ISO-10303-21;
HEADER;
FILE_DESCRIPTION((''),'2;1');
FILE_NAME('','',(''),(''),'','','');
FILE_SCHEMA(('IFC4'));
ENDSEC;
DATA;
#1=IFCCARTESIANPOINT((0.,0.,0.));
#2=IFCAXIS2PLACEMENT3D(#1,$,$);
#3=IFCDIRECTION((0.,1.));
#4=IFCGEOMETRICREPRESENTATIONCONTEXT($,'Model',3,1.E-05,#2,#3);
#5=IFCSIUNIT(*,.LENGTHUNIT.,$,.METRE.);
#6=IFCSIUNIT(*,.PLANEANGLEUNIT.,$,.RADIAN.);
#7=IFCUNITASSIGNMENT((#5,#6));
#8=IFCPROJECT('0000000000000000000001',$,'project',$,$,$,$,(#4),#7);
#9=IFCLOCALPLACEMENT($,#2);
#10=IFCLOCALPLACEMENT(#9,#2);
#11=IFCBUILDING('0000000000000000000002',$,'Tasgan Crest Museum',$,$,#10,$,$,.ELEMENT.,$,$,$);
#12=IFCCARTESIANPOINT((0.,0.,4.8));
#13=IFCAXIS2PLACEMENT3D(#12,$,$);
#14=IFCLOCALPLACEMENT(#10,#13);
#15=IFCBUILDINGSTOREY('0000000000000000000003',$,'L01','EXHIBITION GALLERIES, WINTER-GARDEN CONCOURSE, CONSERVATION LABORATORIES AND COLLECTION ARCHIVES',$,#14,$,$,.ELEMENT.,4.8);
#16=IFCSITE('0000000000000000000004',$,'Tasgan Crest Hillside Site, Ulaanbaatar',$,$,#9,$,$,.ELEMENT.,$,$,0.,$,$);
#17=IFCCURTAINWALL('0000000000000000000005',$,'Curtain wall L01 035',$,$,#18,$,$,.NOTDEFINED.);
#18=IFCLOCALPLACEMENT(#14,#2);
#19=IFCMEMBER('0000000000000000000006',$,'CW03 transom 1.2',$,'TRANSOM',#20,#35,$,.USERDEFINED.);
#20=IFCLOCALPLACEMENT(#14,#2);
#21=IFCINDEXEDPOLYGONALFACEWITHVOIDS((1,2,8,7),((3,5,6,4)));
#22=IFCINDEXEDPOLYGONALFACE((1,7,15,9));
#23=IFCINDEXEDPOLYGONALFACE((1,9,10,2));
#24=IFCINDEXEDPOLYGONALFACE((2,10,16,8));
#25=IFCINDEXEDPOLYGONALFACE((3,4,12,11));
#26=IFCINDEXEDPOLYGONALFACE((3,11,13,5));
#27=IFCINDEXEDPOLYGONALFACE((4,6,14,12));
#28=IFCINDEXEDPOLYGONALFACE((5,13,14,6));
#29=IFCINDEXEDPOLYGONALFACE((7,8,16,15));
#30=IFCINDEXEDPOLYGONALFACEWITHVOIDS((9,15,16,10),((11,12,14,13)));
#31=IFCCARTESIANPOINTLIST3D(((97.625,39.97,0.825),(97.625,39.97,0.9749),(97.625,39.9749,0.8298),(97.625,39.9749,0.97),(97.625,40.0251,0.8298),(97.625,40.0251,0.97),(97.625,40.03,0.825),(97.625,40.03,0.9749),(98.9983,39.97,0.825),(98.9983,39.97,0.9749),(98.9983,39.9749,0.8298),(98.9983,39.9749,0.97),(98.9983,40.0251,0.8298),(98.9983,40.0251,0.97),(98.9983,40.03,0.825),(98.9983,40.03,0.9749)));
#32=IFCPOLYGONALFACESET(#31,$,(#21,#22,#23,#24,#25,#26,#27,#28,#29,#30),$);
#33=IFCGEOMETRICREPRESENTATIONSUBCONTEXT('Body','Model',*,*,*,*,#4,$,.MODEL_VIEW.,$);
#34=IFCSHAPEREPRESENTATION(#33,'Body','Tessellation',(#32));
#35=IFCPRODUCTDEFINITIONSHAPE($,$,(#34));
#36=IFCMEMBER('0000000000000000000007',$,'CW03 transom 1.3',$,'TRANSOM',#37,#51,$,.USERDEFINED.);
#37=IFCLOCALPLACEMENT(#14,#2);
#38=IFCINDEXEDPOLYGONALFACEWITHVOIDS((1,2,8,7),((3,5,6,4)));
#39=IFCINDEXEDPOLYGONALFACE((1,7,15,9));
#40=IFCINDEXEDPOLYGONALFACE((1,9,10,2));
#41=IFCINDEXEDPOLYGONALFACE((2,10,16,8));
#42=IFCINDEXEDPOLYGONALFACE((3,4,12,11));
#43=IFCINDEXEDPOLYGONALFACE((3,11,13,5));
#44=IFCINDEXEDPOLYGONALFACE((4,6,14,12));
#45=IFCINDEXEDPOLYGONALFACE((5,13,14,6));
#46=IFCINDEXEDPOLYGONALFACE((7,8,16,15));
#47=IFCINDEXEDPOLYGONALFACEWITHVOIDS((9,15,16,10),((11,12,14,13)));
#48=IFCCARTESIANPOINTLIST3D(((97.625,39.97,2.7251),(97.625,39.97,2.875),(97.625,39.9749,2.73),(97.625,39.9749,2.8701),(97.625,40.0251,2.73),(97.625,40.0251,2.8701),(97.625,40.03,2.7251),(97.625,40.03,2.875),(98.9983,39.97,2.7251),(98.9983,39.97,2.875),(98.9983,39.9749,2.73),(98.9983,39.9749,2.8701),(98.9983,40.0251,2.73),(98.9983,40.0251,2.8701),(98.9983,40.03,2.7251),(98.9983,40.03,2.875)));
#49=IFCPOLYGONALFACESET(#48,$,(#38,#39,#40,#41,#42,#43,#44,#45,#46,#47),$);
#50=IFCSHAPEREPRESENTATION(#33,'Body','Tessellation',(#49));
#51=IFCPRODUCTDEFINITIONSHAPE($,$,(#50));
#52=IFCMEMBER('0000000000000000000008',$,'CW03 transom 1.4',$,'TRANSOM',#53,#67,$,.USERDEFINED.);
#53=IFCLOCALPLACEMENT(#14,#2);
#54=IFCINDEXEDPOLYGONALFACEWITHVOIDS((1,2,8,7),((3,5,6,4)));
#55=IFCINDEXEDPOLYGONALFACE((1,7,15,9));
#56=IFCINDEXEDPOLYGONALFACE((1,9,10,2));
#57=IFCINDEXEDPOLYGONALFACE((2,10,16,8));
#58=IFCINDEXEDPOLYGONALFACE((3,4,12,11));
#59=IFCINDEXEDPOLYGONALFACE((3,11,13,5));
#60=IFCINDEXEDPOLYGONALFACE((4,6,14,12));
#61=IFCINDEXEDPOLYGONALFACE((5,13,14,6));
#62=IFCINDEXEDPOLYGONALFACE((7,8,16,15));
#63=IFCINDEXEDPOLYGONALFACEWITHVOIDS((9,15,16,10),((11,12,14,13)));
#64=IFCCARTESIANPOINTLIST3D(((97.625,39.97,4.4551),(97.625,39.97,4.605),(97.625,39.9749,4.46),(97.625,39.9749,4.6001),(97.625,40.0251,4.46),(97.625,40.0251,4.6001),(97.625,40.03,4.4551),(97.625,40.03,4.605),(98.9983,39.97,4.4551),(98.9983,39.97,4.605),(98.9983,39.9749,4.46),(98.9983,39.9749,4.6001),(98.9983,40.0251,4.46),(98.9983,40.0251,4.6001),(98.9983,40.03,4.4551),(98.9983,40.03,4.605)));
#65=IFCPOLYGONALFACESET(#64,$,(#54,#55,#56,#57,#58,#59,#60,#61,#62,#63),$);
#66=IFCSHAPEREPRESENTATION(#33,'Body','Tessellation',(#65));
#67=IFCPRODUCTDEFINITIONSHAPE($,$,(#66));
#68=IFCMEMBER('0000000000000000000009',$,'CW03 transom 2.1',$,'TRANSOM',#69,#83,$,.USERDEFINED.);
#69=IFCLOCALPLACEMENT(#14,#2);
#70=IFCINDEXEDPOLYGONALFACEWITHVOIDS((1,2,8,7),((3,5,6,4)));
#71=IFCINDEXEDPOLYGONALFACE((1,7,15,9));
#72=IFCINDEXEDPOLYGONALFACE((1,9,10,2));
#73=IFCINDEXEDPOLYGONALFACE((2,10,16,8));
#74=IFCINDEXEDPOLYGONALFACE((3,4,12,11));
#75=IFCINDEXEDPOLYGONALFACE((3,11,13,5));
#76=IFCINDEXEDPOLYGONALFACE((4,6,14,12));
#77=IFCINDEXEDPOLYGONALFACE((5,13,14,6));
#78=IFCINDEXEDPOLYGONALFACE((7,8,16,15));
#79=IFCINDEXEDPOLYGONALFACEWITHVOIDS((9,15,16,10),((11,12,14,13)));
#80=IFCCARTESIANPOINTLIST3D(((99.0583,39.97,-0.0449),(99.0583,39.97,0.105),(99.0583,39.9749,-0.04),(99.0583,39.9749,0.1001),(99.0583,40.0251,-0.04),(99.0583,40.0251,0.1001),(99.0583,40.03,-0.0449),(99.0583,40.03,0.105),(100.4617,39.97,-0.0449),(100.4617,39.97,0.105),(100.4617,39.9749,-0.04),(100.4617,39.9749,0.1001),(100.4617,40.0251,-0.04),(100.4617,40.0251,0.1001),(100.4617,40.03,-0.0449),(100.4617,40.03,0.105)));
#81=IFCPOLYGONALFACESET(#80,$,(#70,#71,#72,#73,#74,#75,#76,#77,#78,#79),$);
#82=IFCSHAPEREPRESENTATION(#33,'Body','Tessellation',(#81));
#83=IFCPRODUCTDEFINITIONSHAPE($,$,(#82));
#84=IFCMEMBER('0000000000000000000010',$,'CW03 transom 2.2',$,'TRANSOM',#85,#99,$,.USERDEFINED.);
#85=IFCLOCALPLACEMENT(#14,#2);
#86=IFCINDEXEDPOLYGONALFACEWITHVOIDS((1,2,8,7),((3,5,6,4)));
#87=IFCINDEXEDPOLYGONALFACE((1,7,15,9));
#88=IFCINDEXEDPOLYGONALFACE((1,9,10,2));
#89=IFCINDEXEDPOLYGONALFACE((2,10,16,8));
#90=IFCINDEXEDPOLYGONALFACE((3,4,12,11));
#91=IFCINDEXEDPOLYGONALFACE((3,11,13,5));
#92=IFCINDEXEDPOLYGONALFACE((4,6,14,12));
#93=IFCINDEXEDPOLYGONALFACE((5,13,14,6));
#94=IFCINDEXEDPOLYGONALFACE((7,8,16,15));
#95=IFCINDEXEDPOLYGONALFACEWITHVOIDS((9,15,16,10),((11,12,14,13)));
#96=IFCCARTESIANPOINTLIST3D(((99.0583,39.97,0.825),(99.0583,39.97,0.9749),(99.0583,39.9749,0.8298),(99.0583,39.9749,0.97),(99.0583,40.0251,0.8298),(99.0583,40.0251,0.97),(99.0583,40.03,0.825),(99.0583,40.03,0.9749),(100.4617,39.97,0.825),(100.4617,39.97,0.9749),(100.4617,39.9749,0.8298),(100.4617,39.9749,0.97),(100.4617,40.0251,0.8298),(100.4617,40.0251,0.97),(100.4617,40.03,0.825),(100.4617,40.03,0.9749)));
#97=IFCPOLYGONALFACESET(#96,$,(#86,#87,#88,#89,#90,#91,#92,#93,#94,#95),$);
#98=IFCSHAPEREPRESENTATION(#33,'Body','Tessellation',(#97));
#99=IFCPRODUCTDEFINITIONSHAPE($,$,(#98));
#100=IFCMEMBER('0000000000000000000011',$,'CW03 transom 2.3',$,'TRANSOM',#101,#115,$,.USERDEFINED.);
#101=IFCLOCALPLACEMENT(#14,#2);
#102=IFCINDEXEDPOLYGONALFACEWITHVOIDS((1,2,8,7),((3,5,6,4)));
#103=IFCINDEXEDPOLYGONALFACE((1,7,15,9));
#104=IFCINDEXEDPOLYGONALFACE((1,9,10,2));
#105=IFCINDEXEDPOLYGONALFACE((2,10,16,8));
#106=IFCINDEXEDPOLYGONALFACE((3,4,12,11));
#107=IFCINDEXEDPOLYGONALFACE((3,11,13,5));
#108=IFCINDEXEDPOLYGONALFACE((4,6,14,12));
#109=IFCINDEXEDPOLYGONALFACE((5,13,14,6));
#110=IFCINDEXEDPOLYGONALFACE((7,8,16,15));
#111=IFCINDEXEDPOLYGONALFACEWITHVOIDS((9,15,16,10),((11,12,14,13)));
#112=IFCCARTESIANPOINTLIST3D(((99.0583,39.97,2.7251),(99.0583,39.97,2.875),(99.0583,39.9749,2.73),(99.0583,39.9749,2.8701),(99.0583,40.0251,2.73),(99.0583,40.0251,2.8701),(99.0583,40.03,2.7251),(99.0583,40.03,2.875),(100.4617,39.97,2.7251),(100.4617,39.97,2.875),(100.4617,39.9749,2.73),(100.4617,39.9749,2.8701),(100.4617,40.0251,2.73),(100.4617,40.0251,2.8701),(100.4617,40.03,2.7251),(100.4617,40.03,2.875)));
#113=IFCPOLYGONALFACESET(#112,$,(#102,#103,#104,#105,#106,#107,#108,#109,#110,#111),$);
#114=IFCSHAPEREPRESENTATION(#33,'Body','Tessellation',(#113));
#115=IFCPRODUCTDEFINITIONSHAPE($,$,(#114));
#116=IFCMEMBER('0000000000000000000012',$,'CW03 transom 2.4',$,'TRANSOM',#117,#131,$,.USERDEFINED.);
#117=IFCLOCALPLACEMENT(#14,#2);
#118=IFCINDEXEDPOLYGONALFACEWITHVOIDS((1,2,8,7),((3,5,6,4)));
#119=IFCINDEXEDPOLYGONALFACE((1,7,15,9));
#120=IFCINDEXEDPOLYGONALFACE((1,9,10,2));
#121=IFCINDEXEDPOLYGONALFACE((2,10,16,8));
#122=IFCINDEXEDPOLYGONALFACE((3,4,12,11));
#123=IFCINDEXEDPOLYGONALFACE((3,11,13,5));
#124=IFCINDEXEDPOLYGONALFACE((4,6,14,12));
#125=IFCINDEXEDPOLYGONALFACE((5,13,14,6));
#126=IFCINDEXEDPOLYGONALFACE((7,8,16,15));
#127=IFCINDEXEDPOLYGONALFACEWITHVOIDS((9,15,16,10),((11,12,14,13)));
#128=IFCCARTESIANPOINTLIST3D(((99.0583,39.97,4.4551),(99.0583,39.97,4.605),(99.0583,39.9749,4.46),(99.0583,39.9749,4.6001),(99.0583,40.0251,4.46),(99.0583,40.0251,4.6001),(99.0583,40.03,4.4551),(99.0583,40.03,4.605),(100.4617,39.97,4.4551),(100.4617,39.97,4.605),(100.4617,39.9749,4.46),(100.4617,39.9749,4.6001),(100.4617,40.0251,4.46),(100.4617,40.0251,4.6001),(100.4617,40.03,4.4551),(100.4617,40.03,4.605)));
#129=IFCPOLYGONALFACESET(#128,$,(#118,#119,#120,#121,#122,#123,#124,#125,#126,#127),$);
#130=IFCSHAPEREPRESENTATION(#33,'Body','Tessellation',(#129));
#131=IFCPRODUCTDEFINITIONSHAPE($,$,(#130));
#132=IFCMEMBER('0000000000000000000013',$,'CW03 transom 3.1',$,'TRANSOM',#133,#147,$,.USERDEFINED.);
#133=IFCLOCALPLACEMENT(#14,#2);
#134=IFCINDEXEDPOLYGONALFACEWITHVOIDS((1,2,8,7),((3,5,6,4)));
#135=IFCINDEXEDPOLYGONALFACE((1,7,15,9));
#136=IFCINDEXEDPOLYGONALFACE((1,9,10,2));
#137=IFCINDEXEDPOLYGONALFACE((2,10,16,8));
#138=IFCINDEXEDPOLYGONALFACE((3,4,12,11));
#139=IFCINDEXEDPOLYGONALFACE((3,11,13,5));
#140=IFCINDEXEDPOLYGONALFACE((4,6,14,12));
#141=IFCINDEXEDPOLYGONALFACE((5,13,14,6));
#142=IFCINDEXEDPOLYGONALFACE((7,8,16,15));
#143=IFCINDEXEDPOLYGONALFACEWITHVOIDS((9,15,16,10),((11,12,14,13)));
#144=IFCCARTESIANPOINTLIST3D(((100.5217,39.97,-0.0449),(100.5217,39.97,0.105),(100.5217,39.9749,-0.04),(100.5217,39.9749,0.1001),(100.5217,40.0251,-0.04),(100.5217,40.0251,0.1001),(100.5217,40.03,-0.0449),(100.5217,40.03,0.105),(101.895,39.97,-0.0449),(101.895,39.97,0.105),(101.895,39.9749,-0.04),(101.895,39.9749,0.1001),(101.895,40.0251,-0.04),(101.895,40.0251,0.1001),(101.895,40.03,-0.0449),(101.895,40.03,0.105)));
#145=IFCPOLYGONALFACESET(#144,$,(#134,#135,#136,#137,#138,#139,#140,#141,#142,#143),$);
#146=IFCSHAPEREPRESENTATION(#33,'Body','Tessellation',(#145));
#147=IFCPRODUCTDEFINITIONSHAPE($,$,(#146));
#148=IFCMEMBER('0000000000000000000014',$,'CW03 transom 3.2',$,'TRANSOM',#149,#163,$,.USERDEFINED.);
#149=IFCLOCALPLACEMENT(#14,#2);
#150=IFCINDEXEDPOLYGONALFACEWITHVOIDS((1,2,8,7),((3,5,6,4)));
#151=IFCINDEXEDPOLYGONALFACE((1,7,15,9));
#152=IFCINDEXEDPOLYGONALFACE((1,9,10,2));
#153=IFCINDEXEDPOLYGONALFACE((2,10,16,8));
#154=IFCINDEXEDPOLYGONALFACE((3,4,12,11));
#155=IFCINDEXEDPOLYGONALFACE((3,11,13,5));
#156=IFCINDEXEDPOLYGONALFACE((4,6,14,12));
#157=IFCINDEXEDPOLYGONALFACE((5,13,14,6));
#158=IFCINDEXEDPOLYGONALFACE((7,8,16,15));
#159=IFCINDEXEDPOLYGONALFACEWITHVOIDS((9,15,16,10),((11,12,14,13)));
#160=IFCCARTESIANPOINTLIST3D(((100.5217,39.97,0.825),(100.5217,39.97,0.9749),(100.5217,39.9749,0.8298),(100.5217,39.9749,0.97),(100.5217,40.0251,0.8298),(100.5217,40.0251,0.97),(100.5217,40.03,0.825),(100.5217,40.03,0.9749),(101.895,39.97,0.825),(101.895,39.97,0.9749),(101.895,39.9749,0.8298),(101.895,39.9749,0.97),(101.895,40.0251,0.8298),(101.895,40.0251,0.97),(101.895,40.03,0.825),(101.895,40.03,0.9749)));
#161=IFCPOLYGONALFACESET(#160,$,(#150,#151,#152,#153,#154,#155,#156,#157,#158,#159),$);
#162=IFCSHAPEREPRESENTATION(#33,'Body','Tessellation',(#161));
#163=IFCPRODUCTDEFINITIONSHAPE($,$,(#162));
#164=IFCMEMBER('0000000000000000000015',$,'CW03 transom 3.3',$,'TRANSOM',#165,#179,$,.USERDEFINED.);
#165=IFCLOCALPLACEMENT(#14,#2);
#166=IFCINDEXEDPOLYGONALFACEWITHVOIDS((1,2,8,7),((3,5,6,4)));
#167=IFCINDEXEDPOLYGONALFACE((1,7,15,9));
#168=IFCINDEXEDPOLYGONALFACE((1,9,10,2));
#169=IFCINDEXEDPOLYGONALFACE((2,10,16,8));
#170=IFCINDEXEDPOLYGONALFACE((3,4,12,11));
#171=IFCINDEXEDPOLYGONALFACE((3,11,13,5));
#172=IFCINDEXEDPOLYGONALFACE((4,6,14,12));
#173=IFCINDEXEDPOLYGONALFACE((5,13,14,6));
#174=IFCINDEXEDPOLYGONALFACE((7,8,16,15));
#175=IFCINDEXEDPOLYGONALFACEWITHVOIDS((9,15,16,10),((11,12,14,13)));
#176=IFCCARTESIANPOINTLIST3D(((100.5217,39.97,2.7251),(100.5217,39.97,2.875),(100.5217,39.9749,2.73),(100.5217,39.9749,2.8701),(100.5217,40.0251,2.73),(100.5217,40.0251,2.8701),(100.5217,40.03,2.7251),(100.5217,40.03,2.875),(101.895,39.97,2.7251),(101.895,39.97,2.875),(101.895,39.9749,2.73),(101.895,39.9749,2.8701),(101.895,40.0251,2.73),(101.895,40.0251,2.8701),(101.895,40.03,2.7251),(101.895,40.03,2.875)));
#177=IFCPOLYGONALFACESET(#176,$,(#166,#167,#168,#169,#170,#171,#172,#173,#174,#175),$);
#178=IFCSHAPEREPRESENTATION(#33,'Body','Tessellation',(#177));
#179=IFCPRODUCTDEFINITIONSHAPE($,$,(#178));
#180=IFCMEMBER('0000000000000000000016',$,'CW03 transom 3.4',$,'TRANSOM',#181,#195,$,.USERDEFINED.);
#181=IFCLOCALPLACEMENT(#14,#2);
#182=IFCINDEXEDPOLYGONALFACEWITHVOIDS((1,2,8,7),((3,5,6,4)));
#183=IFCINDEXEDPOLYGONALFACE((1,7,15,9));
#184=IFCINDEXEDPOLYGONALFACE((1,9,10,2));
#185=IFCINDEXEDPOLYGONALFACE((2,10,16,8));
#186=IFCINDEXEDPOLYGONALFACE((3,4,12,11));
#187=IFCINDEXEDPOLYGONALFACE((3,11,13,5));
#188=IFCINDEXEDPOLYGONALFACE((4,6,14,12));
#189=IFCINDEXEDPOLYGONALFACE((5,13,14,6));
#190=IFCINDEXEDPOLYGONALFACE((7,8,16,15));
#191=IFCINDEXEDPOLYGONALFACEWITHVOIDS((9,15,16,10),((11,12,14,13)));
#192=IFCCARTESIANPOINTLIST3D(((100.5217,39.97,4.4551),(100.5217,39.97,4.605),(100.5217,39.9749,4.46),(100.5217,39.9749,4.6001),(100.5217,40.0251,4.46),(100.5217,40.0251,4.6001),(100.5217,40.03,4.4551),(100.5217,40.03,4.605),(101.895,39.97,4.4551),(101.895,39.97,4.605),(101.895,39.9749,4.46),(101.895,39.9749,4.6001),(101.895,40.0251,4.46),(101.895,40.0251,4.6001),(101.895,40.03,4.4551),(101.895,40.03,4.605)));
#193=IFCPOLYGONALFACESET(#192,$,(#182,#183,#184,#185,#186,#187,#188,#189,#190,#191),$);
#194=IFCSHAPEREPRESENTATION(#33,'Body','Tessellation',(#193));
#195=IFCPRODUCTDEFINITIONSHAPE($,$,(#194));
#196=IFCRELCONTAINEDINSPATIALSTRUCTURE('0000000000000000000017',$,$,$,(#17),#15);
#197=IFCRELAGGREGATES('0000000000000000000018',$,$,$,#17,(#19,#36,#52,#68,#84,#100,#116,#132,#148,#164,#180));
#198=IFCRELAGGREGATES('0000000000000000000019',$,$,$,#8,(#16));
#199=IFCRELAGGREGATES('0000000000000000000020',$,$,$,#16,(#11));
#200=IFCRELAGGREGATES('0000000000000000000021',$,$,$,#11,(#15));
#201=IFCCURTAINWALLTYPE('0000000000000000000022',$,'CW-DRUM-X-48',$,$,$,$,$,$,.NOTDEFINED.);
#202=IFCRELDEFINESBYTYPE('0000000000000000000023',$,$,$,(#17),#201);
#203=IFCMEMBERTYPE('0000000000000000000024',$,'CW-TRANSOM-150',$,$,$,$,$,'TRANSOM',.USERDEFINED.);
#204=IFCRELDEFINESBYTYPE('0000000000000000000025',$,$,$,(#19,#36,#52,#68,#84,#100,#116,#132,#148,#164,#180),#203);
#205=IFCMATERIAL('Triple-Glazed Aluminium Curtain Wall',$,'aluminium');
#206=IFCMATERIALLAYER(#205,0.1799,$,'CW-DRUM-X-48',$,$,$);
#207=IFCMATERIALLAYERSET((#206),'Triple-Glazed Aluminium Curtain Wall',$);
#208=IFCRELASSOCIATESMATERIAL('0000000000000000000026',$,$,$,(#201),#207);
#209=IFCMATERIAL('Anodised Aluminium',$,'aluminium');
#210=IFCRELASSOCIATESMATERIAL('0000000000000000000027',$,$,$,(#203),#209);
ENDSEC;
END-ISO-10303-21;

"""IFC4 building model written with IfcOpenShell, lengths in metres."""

from ifc_helpers import new_model, si_unit, direction, frame, origin, origin_2d, place, context, subcontext, project, spatial, hollow_rectangle, extrude, material, layer, layer_set, material_profile, profile_set, type_object, element, aggregate, save


model = new_model("IFC4")

# Units and contexts
model_context = context("Model", 3, precision=1e-05, world=origin(), true_north=direction((0.0, 1.0)))
body_context = subcontext(model_context, "Body", "Model", "MODEL_VIEW")
ifc_project = project(units=[si_unit("LENGTHUNIT", "METRE"), si_unit("PLANEANGLEUNIT", "RADIAN")], contexts=[model_context])

# Site, building, storey
site_placement = place(None, origin())
site = spatial("IfcSite", under=ifc_project, at=site_placement, Name="Tasgan Crest Hillside Site, Ulaanbaatar", CompositionType="ELEMENT", RefElevation=0.0)
building_placement = place(site_placement, origin())
building = spatial("IfcBuilding", under=site, at=building_placement, Name="Tasgan Crest Museum", CompositionType="ELEMENT")
storey_placement = place(building_placement, frame((0.0, 0.0, 4.8)))
storey = spatial("IfcBuildingStorey", under=building, at=storey_placement, Name="L01", Description="EXHIBITION GALLERIES, WINTER-GARDEN CONCOURSE, CONSERVATION LABORATORIES AND COLLECTION ARCHIVES", CompositionType="ELEMENT", Elevation=4.8)

# Shared definitions
ifc_material_1 = material(Name="Triple-Glazed Aluminium Curtain Wall", Category="aluminium")
ifc_layer_1 = layer(ifc_material_1, 0.1799, Name="CW-DRUM-X-48")
ifc_layer_set_1 = layer_set([ifc_layer_1], Name="Triple-Glazed Aluminium Curtain Wall")
curtain_wall_type_1 = type_object("IfcCurtainWallType", Name="CW-DRUM-X-48", PredefinedType="NOTDEFINED", material=ifc_layer_set_1)

# Curtain wall, members
curtain_wall_1_placement = place(storey_placement, origin())
curtain_wall_1 = element("IfcCurtainWall", 1, at=curtain_wall_1_placement, inside=storey, type_object=curtain_wall_type_1, Name="Curtain wall L01 035", PredefinedType="NOTDEFINED")
ifc_material_2 = material(Name="Anodised Aluminium", Category="aluminium")
ifc_material_profile_1 = material_profile(ifc_material_2, hollow_rectangle(XDim=0.0601, YDim=0.1499, WallThickness=0.0049, at=origin_2d()), Name="ALU TRANSOM 150x60x5")
ifc_profile_set_1 = profile_set([ifc_material_profile_1], Name="Anodised Aluminium")
member_type_1 = type_object("IfcMemberType", Name="CW-TRANSOM-150", ElementType="TRANSOM", PredefinedType="USERDEFINED", material=ifc_profile_set_1)
member_1_placement = place(storey_placement, frame((97.625, 40.0, 0.8999), z_axis=(1.0, 0.0, 0.0), x_axis=(0.0, 1.0, 0.0)))
member_1 = element("IfcMember", 2, at=member_1_placement, type_object=member_type_1, Name="CW03 transom 1.2", ObjectType="TRANSOM", PredefinedType="USERDEFINED", context=body_context, shape_type="SweptSolid", body=[
    extrude(hollow_rectangle(XDim=0.0601, YDim=0.1499, WallThickness=0.0049, at=origin_2d()), origin(), (0.0, 0.0, 1.0), 1.3733),
])
member_2_placement = place(storey_placement, frame((97.625, 40.0, 2.8), z_axis=(1.0, 0.0, 0.0), x_axis=(0.0, 1.0, 0.0)))
member_2 = element("IfcMember", 3, at=member_2_placement, type_object=member_type_1, Name="CW03 transom 1.3", ObjectType="TRANSOM", PredefinedType="USERDEFINED", context=body_context, shape_type="SweptSolid", body=[
    extrude(hollow_rectangle(XDim=0.0601, YDim=0.1499, WallThickness=0.0049, at=origin_2d()), origin(), (0.0, 0.0, 1.0), 1.3733),
])
member_3_placement = place(storey_placement, frame((97.625, 40.0, 4.53), z_axis=(1.0, 0.0, 0.0), x_axis=(0.0, 1.0, 0.0)))
member_3 = element("IfcMember", 4, at=member_3_placement, type_object=member_type_1, Name="CW03 transom 1.4", ObjectType="TRANSOM", PredefinedType="USERDEFINED", context=body_context, shape_type="SweptSolid", body=[
    extrude(hollow_rectangle(XDim=0.0601, YDim=0.1499, WallThickness=0.0049, at=origin_2d()), origin(), (0.0, 0.0, 1.0), 1.3733),
])
member_4_placement = place(storey_placement, frame((99.0583, 40.0, 0.03), z_axis=(1.0, 0.0, 0.0), x_axis=(0.0, 1.0, 0.0)))
member_4 = element("IfcMember", 5, at=member_4_placement, type_object=member_type_1, Name="CW03 transom 2.1", ObjectType="TRANSOM", PredefinedType="USERDEFINED", context=body_context, shape_type="SweptSolid", body=[
    extrude(hollow_rectangle(XDim=0.0601, YDim=0.1499, WallThickness=0.0049, at=origin_2d()), origin(), (0.0, 0.0, 1.0), 1.4033),
])
member_5_placement = place(storey_placement, frame((99.0583, 40.0, 0.8999), z_axis=(1.0, 0.0, 0.0), x_axis=(0.0, 1.0, 0.0)))
member_5 = element("IfcMember", 6, at=member_5_placement, type_object=member_type_1, Name="CW03 transom 2.2", ObjectType="TRANSOM", PredefinedType="USERDEFINED", context=body_context, shape_type="SweptSolid", body=[
    extrude(hollow_rectangle(XDim=0.0601, YDim=0.1499, WallThickness=0.0049, at=origin_2d()), origin(), (0.0, 0.0, 1.0), 1.4033),
])
member_6_placement = place(storey_placement, frame((99.0583, 40.0, 2.8), z_axis=(1.0, 0.0, 0.0), x_axis=(0.0, 1.0, 0.0)))
member_6 = element("IfcMember", 7, at=member_6_placement, type_object=member_type_1, Name="CW03 transom 2.3", ObjectType="TRANSOM", PredefinedType="USERDEFINED", context=body_context, shape_type="SweptSolid", body=[
    extrude(hollow_rectangle(XDim=0.0601, YDim=0.1499, WallThickness=0.0049, at=origin_2d()), origin(), (0.0, 0.0, 1.0), 1.4033),
])
member_7_placement = place(storey_placement, frame((99.0583, 40.0, 4.53), z_axis=(1.0, 0.0, 0.0), x_axis=(0.0, 1.0, 0.0)))
member_7 = element("IfcMember", 8, at=member_7_placement, type_object=member_type_1, Name="CW03 transom 2.4", ObjectType="TRANSOM", PredefinedType="USERDEFINED", context=body_context, shape_type="SweptSolid", body=[
    extrude(hollow_rectangle(XDim=0.0601, YDim=0.1499, WallThickness=0.0049, at=origin_2d()), origin(), (0.0, 0.0, 1.0), 1.4033),
])
member_8_placement = place(storey_placement, frame((100.5217, 40.0, 0.03), z_axis=(1.0, 0.0, 0.0), x_axis=(0.0, 1.0, 0.0)))
member_8 = element("IfcMember", 9, at=member_8_placement, type_object=member_type_1, Name="CW03 transom 3.1", ObjectType="TRANSOM", PredefinedType="USERDEFINED", context=body_context, shape_type="SweptSolid", body=[
    extrude(hollow_rectangle(XDim=0.0601, YDim=0.1499, WallThickness=0.0049, at=origin_2d()), origin(), (0.0, 0.0, 1.0), 1.3733),
])
member_9_placement = place(storey_placement, frame((100.5217, 40.0, 0.8999), z_axis=(1.0, 0.0, 0.0), x_axis=(0.0, 1.0, 0.0)))
member_9 = element("IfcMember", 10, at=member_9_placement, type_object=member_type_1, Name="CW03 transom 3.2", ObjectType="TRANSOM", PredefinedType="USERDEFINED", context=body_context, shape_type="SweptSolid", body=[
    extrude(hollow_rectangle(XDim=0.0601, YDim=0.1499, WallThickness=0.0049, at=origin_2d()), origin(), (0.0, 0.0, 1.0), 1.3733),
])
member_10_placement = place(storey_placement, frame((100.5217, 40.0, 2.8), z_axis=(1.0, 0.0, 0.0), x_axis=(0.0, 1.0, 0.0)))
member_10 = element("IfcMember", 11, at=member_10_placement, type_object=member_type_1, Name="CW03 transom 3.3", ObjectType="TRANSOM", PredefinedType="USERDEFINED", context=body_context, shape_type="SweptSolid", body=[
    extrude(hollow_rectangle(XDim=0.0601, YDim=0.1499, WallThickness=0.0049, at=origin_2d()), origin(), (0.0, 0.0, 1.0), 1.3733),
])
member_11_placement = place(storey_placement, frame((100.5217, 40.0, 4.53), z_axis=(1.0, 0.0, 0.0), x_axis=(0.0, 1.0, 0.0)))
member_11 = element("IfcMember", 12, at=member_11_placement, type_object=member_type_1, Name="CW03 transom 3.4", ObjectType="TRANSOM", PredefinedType="USERDEFINED", context=body_context, shape_type="SweptSolid", body=[
    extrude(hollow_rectangle(XDim=0.0601, YDim=0.1499, WallThickness=0.0049, at=origin_2d()), origin(), (0.0, 0.0, 1.0), 1.3733),
])

aggregate(curtain_wall_1, [member_1, member_2, member_3, member_4, member_5, member_6, member_7, member_8, member_9, member_10, member_11])

save(model, "model.ifc")
